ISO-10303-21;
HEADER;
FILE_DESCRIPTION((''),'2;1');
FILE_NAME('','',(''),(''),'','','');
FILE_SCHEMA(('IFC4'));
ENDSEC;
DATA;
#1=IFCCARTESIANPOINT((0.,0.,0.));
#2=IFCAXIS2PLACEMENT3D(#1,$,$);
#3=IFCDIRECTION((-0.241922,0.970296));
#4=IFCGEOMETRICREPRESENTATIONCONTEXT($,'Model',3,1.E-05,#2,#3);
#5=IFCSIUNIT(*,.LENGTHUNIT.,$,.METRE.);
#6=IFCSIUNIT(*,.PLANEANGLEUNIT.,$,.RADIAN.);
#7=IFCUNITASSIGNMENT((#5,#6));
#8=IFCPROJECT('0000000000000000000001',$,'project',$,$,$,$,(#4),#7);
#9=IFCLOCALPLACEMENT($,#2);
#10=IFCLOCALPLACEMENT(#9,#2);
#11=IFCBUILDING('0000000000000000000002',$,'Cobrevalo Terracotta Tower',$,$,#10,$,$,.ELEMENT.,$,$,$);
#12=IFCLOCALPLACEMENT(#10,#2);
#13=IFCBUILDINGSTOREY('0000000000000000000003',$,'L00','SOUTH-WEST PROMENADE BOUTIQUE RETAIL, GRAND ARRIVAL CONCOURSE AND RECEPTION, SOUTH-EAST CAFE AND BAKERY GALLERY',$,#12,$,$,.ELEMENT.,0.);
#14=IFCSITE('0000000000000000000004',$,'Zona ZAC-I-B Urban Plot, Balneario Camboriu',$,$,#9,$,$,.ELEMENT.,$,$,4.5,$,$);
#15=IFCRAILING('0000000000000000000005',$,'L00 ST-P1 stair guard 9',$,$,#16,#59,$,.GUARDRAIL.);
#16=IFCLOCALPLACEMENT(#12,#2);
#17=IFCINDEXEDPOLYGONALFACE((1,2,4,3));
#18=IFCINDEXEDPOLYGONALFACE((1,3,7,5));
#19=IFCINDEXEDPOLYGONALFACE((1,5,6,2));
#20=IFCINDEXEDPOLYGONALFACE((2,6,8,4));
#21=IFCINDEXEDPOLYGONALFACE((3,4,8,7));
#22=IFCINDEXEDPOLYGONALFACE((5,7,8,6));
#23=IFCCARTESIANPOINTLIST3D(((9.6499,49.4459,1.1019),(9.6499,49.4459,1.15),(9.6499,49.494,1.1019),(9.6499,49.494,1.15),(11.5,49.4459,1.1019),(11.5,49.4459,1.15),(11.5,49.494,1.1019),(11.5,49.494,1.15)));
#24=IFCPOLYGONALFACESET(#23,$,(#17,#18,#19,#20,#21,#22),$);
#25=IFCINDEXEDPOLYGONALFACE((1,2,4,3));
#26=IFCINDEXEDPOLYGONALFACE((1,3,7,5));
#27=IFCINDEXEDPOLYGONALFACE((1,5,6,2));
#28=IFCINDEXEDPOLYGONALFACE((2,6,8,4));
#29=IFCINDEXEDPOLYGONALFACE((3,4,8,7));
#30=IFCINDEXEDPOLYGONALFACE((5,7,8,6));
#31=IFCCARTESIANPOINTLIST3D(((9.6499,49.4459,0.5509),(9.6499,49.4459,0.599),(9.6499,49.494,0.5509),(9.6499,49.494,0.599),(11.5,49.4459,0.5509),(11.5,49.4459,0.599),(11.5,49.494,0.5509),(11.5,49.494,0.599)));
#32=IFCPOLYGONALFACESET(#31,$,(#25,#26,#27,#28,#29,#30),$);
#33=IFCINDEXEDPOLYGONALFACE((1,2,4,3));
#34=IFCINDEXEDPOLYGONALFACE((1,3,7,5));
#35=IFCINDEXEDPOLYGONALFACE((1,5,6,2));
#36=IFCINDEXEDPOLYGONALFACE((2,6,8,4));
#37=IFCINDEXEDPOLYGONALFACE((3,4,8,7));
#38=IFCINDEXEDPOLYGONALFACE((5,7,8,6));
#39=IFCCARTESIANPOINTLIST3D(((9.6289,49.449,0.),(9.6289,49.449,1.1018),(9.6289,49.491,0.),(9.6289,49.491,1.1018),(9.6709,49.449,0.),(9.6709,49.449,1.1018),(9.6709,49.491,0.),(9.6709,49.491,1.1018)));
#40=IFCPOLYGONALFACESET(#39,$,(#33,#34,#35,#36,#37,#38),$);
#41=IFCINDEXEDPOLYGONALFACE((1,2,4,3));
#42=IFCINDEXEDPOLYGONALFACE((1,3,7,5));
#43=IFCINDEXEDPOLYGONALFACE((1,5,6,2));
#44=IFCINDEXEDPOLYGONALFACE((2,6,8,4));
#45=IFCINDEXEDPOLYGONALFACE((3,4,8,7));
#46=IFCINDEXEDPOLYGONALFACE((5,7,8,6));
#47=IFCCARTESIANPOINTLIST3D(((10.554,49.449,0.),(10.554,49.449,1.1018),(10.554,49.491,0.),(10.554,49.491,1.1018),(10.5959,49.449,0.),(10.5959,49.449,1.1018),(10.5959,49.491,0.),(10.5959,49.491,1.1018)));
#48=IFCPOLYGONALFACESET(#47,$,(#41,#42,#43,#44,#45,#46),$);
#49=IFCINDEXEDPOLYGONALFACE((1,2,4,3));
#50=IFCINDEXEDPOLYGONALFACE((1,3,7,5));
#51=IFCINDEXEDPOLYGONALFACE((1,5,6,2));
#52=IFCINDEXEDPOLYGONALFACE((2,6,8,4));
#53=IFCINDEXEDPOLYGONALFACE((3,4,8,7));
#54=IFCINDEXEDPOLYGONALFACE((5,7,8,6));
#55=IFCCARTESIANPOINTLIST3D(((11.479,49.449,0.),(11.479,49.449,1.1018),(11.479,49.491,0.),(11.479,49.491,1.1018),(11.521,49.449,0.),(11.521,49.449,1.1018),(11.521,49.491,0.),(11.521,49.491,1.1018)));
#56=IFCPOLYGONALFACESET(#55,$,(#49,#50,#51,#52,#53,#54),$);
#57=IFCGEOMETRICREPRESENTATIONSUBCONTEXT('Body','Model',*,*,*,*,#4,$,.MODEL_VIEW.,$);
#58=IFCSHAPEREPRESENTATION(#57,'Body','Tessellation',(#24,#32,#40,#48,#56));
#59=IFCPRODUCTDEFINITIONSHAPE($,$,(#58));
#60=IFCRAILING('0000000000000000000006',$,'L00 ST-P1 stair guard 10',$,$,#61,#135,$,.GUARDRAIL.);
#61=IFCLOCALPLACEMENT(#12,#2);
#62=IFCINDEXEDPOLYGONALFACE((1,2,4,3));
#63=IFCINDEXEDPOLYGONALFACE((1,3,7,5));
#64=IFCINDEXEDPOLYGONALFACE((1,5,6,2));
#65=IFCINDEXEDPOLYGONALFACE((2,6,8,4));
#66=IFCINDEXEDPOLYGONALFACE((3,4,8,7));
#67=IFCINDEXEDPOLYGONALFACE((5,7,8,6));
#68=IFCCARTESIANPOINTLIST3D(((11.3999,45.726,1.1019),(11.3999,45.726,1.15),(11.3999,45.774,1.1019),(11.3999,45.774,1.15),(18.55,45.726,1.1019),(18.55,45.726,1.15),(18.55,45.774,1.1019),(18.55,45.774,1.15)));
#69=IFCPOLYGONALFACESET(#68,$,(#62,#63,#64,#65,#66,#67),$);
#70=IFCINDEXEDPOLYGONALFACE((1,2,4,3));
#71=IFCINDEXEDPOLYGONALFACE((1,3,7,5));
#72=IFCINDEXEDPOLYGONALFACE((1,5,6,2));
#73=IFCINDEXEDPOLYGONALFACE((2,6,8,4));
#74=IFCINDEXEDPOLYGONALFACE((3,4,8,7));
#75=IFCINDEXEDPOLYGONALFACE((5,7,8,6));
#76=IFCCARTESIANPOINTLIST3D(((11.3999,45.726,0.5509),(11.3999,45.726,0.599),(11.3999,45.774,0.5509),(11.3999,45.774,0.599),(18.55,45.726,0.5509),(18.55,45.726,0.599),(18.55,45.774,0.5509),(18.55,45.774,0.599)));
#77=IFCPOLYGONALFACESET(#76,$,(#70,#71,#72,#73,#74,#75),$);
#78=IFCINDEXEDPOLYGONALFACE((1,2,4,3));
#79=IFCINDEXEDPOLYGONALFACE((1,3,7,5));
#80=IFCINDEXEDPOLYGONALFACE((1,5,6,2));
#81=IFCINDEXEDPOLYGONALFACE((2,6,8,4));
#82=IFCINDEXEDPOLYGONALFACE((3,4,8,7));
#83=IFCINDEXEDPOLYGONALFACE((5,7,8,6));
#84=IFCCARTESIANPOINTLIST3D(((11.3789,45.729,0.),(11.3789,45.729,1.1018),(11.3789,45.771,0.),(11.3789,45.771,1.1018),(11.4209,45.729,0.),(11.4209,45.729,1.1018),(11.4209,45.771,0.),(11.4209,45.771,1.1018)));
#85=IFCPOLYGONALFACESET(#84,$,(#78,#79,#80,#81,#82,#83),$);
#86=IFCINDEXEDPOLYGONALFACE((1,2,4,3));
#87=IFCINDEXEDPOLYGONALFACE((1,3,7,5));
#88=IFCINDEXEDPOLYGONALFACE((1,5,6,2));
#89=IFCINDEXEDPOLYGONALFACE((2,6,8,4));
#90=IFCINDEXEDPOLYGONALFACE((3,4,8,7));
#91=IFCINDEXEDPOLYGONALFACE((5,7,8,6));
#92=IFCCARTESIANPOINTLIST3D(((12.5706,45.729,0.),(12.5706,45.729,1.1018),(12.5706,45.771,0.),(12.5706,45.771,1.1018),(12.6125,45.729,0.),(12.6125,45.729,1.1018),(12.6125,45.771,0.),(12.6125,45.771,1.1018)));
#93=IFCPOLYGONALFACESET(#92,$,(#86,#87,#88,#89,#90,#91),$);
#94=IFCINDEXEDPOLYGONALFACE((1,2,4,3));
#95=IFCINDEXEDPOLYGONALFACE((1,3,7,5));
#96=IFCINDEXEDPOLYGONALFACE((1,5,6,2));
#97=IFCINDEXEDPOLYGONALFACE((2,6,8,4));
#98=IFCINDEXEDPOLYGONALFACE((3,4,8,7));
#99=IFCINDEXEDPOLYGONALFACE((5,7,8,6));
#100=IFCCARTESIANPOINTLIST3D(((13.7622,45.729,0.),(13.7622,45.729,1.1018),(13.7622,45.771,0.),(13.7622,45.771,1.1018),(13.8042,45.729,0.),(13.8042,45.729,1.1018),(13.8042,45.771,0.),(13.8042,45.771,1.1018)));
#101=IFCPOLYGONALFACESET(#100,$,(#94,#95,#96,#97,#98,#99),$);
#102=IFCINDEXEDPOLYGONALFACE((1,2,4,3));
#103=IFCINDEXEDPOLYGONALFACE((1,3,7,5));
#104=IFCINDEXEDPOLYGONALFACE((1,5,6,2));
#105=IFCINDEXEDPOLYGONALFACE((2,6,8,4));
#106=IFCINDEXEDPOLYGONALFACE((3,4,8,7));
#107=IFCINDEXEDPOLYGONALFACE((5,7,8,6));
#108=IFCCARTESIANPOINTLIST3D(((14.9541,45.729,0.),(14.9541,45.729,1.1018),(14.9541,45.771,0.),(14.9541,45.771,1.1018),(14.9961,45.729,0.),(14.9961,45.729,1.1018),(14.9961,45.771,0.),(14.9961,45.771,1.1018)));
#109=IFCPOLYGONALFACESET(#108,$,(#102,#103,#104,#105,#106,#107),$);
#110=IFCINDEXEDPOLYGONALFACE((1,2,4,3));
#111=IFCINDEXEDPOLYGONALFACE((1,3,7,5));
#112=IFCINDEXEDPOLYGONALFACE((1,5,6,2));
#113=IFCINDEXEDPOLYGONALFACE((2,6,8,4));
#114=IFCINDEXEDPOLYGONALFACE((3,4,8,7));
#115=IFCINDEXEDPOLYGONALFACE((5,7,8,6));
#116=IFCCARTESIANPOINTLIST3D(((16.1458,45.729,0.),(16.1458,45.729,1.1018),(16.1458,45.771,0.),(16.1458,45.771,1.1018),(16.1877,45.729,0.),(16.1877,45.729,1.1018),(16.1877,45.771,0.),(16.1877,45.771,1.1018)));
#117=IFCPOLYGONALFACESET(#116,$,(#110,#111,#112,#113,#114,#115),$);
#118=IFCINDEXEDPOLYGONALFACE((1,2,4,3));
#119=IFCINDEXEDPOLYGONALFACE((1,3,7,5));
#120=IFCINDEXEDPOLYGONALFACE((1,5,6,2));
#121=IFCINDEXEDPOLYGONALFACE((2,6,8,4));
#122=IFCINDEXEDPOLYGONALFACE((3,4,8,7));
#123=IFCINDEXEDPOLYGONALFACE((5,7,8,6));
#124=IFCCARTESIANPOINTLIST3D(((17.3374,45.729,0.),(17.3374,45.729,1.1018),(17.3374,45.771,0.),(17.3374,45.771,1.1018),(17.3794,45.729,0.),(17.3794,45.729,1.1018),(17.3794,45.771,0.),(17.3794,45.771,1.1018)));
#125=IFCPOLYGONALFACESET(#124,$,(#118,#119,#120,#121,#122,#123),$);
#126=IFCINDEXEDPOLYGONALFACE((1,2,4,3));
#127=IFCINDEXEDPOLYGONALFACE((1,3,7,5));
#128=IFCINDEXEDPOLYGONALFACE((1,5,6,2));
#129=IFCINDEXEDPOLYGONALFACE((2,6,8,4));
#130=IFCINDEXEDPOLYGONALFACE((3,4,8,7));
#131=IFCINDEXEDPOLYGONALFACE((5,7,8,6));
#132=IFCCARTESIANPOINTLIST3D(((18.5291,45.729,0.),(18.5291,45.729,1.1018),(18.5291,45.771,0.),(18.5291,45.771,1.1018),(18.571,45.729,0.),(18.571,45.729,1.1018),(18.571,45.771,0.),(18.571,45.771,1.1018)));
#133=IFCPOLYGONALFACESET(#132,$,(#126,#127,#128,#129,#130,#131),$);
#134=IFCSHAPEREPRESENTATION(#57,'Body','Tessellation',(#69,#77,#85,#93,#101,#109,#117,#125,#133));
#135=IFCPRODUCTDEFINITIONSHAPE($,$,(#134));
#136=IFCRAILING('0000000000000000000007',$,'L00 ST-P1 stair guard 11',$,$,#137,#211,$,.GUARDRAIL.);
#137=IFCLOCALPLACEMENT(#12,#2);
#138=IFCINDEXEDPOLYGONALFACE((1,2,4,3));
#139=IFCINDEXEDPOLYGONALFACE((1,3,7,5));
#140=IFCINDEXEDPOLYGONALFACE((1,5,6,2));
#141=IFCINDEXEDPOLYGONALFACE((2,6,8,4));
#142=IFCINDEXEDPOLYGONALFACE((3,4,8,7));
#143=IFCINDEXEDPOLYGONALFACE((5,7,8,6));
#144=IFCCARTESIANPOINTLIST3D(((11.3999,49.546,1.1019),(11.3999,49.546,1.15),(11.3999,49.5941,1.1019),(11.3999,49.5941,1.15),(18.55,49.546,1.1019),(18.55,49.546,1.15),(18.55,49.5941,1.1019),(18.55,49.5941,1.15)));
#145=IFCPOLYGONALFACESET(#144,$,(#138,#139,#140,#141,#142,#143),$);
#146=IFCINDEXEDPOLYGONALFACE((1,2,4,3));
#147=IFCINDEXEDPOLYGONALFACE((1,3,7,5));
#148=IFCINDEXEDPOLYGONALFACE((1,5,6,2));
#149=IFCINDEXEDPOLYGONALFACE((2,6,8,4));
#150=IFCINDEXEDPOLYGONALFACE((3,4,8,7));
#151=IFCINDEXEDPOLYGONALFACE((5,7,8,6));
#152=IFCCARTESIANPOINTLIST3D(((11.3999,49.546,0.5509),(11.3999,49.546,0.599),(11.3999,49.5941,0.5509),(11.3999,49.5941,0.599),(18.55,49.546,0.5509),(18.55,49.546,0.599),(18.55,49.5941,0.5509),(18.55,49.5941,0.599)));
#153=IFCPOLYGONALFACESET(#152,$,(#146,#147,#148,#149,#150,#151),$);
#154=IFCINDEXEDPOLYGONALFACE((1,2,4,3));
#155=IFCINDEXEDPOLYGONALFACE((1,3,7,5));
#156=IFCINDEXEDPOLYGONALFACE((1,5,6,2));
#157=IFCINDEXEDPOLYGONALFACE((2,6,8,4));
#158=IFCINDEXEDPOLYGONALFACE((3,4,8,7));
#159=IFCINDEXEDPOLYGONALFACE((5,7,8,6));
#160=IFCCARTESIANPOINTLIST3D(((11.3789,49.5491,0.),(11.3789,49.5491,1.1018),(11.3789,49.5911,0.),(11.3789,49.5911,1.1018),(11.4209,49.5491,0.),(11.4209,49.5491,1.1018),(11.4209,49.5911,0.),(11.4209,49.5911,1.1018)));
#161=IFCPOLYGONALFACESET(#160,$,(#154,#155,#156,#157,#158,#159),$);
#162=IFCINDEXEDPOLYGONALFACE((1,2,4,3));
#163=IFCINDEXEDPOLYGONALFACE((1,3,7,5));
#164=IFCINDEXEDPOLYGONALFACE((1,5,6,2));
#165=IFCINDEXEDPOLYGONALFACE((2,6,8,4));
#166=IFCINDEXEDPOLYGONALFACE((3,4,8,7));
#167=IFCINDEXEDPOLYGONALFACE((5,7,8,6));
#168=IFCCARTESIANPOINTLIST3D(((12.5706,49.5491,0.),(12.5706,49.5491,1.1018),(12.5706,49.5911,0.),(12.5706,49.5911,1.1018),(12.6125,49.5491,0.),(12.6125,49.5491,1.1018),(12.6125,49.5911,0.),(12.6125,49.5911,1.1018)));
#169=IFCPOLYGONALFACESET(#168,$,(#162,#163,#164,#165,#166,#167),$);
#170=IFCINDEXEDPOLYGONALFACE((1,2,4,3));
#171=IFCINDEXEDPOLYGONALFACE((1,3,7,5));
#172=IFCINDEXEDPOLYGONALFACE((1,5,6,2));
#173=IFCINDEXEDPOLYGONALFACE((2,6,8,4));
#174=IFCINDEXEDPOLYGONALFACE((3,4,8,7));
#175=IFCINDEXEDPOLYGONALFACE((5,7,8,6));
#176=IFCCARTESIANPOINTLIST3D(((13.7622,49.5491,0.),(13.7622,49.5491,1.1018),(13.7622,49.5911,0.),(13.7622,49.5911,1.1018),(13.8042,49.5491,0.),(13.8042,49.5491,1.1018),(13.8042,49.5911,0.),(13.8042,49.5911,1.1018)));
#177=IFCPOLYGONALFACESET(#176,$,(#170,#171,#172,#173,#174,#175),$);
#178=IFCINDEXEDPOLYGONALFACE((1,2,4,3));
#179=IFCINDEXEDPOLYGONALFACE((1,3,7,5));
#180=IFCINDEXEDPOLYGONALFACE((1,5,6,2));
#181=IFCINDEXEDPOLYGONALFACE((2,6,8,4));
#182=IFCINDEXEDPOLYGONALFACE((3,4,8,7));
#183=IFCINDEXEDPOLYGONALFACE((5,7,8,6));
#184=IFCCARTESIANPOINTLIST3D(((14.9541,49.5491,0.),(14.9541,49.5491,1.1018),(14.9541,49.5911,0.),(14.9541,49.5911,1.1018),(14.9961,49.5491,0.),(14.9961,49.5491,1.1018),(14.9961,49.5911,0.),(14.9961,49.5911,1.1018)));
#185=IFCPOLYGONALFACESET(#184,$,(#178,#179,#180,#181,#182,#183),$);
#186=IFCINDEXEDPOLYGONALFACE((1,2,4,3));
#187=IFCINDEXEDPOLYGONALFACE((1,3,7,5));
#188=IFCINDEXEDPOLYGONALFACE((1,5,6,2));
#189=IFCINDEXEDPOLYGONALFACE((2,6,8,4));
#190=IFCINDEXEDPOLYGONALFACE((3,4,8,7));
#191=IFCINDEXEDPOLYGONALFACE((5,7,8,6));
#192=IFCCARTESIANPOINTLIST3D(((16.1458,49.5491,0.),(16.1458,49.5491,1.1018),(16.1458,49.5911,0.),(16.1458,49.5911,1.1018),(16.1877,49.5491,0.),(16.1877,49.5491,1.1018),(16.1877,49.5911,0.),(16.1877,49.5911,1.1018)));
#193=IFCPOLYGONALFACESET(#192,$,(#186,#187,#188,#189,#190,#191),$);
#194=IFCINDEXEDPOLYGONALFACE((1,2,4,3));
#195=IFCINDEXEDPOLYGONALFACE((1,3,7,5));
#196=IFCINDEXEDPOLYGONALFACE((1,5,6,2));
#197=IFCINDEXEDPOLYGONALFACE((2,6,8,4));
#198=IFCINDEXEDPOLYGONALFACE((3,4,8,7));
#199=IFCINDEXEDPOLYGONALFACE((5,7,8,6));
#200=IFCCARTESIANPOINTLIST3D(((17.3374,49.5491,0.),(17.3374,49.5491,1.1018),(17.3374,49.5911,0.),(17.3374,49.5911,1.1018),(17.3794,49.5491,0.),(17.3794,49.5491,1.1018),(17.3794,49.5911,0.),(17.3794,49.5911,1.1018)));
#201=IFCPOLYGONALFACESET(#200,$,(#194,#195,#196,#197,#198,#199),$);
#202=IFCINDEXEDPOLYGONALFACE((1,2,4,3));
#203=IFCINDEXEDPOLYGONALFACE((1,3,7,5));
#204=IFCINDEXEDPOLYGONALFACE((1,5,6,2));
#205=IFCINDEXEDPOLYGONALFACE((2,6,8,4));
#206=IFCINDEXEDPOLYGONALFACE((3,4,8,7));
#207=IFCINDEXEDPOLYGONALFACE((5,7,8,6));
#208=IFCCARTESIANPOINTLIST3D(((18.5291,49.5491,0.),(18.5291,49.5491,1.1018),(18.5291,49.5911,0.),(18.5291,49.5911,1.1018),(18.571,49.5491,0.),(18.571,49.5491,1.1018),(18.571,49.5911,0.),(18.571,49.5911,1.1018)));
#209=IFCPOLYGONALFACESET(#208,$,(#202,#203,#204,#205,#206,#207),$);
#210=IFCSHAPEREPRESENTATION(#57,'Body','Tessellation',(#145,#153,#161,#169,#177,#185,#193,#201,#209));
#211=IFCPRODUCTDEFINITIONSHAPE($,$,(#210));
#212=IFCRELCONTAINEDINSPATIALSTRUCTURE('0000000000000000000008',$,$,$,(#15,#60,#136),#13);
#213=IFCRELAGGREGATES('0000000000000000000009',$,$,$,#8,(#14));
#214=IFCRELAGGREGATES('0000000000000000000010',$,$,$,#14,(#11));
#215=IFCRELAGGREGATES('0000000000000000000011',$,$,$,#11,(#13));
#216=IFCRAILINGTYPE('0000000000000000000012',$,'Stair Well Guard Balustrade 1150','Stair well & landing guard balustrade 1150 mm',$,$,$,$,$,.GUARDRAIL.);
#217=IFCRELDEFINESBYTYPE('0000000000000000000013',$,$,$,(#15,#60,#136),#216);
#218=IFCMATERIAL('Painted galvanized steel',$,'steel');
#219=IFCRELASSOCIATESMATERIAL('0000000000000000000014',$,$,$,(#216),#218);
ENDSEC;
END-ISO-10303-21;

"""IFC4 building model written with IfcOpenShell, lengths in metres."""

from ifc_helpers import new_model, si_unit, direction, frame, origin, origin_2d, place, context, subcontext, project, spatial, rectangle, extrude, material, type_object, element, save


model = new_model("IFC4")

# Units and contexts
model_context = context("Model", 3, precision=1e-05, world=origin(), true_north=direction((-0.241922, 0.970296)))
body_context = subcontext(model_context, "Body", "Model", "MODEL_VIEW")
ifc_project = project(units=[si_unit("LENGTHUNIT", "METRE"), si_unit("PLANEANGLEUNIT", "RADIAN")], contexts=[model_context])

# Site, building, storey
site_placement = place(None, origin())
site = spatial("IfcSite", under=ifc_project, at=site_placement, Name="Zona ZAC-I-B Urban Plot, Balneario Camboriu", CompositionType="ELEMENT", RefElevation=4.5)
building_placement = place(site_placement, origin())
building = spatial("IfcBuilding", under=site, at=building_placement, Name="Cobrevalo Terracotta Tower", CompositionType="ELEMENT")
storey_placement = place(building_placement, origin())
storey = spatial("IfcBuildingStorey", under=building, at=storey_placement, Name="L00", Description="SOUTH-WEST PROMENADE BOUTIQUE RETAIL, GRAND ARRIVAL CONCOURSE AND RECEPTION, SOUTH-EAST CAFE AND BAKERY GALLERY", CompositionType="ELEMENT", Elevation=0.0)

# Railings
ifc_material_1 = material(Name="Painted galvanized steel", Category="steel")
railing_type_1 = type_object("IfcRailingType", Name="Stair Well Guard Balustrade 1150", Description="Stair well & landing guard balustrade 1150 mm", PredefinedType="GUARDRAIL", material=ifc_material_1)
for number, where, name in (
    (1, (9.6499, 49.47, 0.0), "L00 ST-P1 stair guard 9"),
):
    element("IfcRailing", number, at=place(storey_placement, frame(where)), inside=storey, type_object=railing_type_1, Name=name, PredefinedType="GUARDRAIL", context=body_context, shape_type="SweptSolid", body=[
        extrude(rectangle(XDim=0.0481, YDim=0.0481, at=origin_2d()), frame((0.0, 0.0, 1.126), z_axis=(1.0, 0.0, 0.0), x_axis=(0.0, 1.0, 0.0)), (0.0, 0.0, 1.0), 1.8501),
        extrude(rectangle(XDim=0.0481, YDim=0.0481, at=origin_2d()), frame((0.0, 0.0, 0.575), z_axis=(1.0, 0.0, 0.0), x_axis=(0.0, 1.0, 0.0)), (0.0, 0.0, 1.0), 1.8501),
        extrude(rectangle(XDim=0.042, YDim=0.042, at=origin_2d()), origin(), (0.0, 0.0, 1.0), 1.1018),
        extrude(rectangle(XDim=0.042, YDim=0.042, at=origin_2d()), frame((0.925, 0.0, 0.0)), (0.0, 0.0, 1.0), 1.1018),
        extrude(rectangle(XDim=0.042, YDim=0.042, at=origin_2d()), frame((1.8501, 0.0, 0.0)), (0.0, 0.0, 1.0), 1.1018),
    ])
for number, where, name in (
    (2, (11.3999, 45.75, 0.0), "L00 ST-P1 stair guard 10"),
    (3, (11.3999, 49.5701, 0.0), "L00 ST-P1 stair guard 11"),
):
    element("IfcRailing", number, at=place(storey_placement, frame(where)), inside=storey, type_object=railing_type_1, Name=name, PredefinedType="GUARDRAIL", context=body_context, shape_type="SweptSolid", body=[
        extrude(rectangle(XDim=0.0481, YDim=0.0481, at=origin_2d()), frame((0.0, 0.0, 1.126), z_axis=(1.0, 0.0, 0.0), x_axis=(0.0, 1.0, 0.0)), (0.0, 0.0, 1.0), 7.1501),
        extrude(rectangle(XDim=0.0481, YDim=0.0481, at=origin_2d()), frame((0.0, 0.0, 0.575), z_axis=(1.0, 0.0, 0.0), x_axis=(0.0, 1.0, 0.0)), (0.0, 0.0, 1.0), 7.1501),
        extrude(rectangle(XDim=0.042, YDim=0.042, at=origin_2d()), origin(), (0.0, 0.0, 1.0), 1.1018),
        extrude(rectangle(XDim=0.042, YDim=0.042, at=origin_2d()), frame((1.1917, 0.0, 0.0)), (0.0, 0.0, 1.0), 1.1018),
        extrude(rectangle(XDim=0.042, YDim=0.042, at=origin_2d()), frame((2.3833, 0.0, 0.0)), (0.0, 0.0, 1.0), 1.1018),
        extrude(rectangle(XDim=0.042, YDim=0.042, at=origin_2d()), frame((3.5752, 0.0, 0.0)), (0.0, 0.0, 1.0), 1.1018),
        extrude(rectangle(XDim=0.042, YDim=0.042, at=origin_2d()), frame((4.7668, 0.0, 0.0)), (0.0, 0.0, 1.0), 1.1018),
        extrude(rectangle(XDim=0.042, YDim=0.042, at=origin_2d()), frame((5.9585, 0.0, 0.0)), (0.0, 0.0, 1.0), 1.1018),
        extrude(rectangle(XDim=0.042, YDim=0.042, at=origin_2d()), frame((7.1501, 0.0, 0.0)), (0.0, 0.0, 1.0), 1.1018),
    ])

save(model, "model.ifc")
